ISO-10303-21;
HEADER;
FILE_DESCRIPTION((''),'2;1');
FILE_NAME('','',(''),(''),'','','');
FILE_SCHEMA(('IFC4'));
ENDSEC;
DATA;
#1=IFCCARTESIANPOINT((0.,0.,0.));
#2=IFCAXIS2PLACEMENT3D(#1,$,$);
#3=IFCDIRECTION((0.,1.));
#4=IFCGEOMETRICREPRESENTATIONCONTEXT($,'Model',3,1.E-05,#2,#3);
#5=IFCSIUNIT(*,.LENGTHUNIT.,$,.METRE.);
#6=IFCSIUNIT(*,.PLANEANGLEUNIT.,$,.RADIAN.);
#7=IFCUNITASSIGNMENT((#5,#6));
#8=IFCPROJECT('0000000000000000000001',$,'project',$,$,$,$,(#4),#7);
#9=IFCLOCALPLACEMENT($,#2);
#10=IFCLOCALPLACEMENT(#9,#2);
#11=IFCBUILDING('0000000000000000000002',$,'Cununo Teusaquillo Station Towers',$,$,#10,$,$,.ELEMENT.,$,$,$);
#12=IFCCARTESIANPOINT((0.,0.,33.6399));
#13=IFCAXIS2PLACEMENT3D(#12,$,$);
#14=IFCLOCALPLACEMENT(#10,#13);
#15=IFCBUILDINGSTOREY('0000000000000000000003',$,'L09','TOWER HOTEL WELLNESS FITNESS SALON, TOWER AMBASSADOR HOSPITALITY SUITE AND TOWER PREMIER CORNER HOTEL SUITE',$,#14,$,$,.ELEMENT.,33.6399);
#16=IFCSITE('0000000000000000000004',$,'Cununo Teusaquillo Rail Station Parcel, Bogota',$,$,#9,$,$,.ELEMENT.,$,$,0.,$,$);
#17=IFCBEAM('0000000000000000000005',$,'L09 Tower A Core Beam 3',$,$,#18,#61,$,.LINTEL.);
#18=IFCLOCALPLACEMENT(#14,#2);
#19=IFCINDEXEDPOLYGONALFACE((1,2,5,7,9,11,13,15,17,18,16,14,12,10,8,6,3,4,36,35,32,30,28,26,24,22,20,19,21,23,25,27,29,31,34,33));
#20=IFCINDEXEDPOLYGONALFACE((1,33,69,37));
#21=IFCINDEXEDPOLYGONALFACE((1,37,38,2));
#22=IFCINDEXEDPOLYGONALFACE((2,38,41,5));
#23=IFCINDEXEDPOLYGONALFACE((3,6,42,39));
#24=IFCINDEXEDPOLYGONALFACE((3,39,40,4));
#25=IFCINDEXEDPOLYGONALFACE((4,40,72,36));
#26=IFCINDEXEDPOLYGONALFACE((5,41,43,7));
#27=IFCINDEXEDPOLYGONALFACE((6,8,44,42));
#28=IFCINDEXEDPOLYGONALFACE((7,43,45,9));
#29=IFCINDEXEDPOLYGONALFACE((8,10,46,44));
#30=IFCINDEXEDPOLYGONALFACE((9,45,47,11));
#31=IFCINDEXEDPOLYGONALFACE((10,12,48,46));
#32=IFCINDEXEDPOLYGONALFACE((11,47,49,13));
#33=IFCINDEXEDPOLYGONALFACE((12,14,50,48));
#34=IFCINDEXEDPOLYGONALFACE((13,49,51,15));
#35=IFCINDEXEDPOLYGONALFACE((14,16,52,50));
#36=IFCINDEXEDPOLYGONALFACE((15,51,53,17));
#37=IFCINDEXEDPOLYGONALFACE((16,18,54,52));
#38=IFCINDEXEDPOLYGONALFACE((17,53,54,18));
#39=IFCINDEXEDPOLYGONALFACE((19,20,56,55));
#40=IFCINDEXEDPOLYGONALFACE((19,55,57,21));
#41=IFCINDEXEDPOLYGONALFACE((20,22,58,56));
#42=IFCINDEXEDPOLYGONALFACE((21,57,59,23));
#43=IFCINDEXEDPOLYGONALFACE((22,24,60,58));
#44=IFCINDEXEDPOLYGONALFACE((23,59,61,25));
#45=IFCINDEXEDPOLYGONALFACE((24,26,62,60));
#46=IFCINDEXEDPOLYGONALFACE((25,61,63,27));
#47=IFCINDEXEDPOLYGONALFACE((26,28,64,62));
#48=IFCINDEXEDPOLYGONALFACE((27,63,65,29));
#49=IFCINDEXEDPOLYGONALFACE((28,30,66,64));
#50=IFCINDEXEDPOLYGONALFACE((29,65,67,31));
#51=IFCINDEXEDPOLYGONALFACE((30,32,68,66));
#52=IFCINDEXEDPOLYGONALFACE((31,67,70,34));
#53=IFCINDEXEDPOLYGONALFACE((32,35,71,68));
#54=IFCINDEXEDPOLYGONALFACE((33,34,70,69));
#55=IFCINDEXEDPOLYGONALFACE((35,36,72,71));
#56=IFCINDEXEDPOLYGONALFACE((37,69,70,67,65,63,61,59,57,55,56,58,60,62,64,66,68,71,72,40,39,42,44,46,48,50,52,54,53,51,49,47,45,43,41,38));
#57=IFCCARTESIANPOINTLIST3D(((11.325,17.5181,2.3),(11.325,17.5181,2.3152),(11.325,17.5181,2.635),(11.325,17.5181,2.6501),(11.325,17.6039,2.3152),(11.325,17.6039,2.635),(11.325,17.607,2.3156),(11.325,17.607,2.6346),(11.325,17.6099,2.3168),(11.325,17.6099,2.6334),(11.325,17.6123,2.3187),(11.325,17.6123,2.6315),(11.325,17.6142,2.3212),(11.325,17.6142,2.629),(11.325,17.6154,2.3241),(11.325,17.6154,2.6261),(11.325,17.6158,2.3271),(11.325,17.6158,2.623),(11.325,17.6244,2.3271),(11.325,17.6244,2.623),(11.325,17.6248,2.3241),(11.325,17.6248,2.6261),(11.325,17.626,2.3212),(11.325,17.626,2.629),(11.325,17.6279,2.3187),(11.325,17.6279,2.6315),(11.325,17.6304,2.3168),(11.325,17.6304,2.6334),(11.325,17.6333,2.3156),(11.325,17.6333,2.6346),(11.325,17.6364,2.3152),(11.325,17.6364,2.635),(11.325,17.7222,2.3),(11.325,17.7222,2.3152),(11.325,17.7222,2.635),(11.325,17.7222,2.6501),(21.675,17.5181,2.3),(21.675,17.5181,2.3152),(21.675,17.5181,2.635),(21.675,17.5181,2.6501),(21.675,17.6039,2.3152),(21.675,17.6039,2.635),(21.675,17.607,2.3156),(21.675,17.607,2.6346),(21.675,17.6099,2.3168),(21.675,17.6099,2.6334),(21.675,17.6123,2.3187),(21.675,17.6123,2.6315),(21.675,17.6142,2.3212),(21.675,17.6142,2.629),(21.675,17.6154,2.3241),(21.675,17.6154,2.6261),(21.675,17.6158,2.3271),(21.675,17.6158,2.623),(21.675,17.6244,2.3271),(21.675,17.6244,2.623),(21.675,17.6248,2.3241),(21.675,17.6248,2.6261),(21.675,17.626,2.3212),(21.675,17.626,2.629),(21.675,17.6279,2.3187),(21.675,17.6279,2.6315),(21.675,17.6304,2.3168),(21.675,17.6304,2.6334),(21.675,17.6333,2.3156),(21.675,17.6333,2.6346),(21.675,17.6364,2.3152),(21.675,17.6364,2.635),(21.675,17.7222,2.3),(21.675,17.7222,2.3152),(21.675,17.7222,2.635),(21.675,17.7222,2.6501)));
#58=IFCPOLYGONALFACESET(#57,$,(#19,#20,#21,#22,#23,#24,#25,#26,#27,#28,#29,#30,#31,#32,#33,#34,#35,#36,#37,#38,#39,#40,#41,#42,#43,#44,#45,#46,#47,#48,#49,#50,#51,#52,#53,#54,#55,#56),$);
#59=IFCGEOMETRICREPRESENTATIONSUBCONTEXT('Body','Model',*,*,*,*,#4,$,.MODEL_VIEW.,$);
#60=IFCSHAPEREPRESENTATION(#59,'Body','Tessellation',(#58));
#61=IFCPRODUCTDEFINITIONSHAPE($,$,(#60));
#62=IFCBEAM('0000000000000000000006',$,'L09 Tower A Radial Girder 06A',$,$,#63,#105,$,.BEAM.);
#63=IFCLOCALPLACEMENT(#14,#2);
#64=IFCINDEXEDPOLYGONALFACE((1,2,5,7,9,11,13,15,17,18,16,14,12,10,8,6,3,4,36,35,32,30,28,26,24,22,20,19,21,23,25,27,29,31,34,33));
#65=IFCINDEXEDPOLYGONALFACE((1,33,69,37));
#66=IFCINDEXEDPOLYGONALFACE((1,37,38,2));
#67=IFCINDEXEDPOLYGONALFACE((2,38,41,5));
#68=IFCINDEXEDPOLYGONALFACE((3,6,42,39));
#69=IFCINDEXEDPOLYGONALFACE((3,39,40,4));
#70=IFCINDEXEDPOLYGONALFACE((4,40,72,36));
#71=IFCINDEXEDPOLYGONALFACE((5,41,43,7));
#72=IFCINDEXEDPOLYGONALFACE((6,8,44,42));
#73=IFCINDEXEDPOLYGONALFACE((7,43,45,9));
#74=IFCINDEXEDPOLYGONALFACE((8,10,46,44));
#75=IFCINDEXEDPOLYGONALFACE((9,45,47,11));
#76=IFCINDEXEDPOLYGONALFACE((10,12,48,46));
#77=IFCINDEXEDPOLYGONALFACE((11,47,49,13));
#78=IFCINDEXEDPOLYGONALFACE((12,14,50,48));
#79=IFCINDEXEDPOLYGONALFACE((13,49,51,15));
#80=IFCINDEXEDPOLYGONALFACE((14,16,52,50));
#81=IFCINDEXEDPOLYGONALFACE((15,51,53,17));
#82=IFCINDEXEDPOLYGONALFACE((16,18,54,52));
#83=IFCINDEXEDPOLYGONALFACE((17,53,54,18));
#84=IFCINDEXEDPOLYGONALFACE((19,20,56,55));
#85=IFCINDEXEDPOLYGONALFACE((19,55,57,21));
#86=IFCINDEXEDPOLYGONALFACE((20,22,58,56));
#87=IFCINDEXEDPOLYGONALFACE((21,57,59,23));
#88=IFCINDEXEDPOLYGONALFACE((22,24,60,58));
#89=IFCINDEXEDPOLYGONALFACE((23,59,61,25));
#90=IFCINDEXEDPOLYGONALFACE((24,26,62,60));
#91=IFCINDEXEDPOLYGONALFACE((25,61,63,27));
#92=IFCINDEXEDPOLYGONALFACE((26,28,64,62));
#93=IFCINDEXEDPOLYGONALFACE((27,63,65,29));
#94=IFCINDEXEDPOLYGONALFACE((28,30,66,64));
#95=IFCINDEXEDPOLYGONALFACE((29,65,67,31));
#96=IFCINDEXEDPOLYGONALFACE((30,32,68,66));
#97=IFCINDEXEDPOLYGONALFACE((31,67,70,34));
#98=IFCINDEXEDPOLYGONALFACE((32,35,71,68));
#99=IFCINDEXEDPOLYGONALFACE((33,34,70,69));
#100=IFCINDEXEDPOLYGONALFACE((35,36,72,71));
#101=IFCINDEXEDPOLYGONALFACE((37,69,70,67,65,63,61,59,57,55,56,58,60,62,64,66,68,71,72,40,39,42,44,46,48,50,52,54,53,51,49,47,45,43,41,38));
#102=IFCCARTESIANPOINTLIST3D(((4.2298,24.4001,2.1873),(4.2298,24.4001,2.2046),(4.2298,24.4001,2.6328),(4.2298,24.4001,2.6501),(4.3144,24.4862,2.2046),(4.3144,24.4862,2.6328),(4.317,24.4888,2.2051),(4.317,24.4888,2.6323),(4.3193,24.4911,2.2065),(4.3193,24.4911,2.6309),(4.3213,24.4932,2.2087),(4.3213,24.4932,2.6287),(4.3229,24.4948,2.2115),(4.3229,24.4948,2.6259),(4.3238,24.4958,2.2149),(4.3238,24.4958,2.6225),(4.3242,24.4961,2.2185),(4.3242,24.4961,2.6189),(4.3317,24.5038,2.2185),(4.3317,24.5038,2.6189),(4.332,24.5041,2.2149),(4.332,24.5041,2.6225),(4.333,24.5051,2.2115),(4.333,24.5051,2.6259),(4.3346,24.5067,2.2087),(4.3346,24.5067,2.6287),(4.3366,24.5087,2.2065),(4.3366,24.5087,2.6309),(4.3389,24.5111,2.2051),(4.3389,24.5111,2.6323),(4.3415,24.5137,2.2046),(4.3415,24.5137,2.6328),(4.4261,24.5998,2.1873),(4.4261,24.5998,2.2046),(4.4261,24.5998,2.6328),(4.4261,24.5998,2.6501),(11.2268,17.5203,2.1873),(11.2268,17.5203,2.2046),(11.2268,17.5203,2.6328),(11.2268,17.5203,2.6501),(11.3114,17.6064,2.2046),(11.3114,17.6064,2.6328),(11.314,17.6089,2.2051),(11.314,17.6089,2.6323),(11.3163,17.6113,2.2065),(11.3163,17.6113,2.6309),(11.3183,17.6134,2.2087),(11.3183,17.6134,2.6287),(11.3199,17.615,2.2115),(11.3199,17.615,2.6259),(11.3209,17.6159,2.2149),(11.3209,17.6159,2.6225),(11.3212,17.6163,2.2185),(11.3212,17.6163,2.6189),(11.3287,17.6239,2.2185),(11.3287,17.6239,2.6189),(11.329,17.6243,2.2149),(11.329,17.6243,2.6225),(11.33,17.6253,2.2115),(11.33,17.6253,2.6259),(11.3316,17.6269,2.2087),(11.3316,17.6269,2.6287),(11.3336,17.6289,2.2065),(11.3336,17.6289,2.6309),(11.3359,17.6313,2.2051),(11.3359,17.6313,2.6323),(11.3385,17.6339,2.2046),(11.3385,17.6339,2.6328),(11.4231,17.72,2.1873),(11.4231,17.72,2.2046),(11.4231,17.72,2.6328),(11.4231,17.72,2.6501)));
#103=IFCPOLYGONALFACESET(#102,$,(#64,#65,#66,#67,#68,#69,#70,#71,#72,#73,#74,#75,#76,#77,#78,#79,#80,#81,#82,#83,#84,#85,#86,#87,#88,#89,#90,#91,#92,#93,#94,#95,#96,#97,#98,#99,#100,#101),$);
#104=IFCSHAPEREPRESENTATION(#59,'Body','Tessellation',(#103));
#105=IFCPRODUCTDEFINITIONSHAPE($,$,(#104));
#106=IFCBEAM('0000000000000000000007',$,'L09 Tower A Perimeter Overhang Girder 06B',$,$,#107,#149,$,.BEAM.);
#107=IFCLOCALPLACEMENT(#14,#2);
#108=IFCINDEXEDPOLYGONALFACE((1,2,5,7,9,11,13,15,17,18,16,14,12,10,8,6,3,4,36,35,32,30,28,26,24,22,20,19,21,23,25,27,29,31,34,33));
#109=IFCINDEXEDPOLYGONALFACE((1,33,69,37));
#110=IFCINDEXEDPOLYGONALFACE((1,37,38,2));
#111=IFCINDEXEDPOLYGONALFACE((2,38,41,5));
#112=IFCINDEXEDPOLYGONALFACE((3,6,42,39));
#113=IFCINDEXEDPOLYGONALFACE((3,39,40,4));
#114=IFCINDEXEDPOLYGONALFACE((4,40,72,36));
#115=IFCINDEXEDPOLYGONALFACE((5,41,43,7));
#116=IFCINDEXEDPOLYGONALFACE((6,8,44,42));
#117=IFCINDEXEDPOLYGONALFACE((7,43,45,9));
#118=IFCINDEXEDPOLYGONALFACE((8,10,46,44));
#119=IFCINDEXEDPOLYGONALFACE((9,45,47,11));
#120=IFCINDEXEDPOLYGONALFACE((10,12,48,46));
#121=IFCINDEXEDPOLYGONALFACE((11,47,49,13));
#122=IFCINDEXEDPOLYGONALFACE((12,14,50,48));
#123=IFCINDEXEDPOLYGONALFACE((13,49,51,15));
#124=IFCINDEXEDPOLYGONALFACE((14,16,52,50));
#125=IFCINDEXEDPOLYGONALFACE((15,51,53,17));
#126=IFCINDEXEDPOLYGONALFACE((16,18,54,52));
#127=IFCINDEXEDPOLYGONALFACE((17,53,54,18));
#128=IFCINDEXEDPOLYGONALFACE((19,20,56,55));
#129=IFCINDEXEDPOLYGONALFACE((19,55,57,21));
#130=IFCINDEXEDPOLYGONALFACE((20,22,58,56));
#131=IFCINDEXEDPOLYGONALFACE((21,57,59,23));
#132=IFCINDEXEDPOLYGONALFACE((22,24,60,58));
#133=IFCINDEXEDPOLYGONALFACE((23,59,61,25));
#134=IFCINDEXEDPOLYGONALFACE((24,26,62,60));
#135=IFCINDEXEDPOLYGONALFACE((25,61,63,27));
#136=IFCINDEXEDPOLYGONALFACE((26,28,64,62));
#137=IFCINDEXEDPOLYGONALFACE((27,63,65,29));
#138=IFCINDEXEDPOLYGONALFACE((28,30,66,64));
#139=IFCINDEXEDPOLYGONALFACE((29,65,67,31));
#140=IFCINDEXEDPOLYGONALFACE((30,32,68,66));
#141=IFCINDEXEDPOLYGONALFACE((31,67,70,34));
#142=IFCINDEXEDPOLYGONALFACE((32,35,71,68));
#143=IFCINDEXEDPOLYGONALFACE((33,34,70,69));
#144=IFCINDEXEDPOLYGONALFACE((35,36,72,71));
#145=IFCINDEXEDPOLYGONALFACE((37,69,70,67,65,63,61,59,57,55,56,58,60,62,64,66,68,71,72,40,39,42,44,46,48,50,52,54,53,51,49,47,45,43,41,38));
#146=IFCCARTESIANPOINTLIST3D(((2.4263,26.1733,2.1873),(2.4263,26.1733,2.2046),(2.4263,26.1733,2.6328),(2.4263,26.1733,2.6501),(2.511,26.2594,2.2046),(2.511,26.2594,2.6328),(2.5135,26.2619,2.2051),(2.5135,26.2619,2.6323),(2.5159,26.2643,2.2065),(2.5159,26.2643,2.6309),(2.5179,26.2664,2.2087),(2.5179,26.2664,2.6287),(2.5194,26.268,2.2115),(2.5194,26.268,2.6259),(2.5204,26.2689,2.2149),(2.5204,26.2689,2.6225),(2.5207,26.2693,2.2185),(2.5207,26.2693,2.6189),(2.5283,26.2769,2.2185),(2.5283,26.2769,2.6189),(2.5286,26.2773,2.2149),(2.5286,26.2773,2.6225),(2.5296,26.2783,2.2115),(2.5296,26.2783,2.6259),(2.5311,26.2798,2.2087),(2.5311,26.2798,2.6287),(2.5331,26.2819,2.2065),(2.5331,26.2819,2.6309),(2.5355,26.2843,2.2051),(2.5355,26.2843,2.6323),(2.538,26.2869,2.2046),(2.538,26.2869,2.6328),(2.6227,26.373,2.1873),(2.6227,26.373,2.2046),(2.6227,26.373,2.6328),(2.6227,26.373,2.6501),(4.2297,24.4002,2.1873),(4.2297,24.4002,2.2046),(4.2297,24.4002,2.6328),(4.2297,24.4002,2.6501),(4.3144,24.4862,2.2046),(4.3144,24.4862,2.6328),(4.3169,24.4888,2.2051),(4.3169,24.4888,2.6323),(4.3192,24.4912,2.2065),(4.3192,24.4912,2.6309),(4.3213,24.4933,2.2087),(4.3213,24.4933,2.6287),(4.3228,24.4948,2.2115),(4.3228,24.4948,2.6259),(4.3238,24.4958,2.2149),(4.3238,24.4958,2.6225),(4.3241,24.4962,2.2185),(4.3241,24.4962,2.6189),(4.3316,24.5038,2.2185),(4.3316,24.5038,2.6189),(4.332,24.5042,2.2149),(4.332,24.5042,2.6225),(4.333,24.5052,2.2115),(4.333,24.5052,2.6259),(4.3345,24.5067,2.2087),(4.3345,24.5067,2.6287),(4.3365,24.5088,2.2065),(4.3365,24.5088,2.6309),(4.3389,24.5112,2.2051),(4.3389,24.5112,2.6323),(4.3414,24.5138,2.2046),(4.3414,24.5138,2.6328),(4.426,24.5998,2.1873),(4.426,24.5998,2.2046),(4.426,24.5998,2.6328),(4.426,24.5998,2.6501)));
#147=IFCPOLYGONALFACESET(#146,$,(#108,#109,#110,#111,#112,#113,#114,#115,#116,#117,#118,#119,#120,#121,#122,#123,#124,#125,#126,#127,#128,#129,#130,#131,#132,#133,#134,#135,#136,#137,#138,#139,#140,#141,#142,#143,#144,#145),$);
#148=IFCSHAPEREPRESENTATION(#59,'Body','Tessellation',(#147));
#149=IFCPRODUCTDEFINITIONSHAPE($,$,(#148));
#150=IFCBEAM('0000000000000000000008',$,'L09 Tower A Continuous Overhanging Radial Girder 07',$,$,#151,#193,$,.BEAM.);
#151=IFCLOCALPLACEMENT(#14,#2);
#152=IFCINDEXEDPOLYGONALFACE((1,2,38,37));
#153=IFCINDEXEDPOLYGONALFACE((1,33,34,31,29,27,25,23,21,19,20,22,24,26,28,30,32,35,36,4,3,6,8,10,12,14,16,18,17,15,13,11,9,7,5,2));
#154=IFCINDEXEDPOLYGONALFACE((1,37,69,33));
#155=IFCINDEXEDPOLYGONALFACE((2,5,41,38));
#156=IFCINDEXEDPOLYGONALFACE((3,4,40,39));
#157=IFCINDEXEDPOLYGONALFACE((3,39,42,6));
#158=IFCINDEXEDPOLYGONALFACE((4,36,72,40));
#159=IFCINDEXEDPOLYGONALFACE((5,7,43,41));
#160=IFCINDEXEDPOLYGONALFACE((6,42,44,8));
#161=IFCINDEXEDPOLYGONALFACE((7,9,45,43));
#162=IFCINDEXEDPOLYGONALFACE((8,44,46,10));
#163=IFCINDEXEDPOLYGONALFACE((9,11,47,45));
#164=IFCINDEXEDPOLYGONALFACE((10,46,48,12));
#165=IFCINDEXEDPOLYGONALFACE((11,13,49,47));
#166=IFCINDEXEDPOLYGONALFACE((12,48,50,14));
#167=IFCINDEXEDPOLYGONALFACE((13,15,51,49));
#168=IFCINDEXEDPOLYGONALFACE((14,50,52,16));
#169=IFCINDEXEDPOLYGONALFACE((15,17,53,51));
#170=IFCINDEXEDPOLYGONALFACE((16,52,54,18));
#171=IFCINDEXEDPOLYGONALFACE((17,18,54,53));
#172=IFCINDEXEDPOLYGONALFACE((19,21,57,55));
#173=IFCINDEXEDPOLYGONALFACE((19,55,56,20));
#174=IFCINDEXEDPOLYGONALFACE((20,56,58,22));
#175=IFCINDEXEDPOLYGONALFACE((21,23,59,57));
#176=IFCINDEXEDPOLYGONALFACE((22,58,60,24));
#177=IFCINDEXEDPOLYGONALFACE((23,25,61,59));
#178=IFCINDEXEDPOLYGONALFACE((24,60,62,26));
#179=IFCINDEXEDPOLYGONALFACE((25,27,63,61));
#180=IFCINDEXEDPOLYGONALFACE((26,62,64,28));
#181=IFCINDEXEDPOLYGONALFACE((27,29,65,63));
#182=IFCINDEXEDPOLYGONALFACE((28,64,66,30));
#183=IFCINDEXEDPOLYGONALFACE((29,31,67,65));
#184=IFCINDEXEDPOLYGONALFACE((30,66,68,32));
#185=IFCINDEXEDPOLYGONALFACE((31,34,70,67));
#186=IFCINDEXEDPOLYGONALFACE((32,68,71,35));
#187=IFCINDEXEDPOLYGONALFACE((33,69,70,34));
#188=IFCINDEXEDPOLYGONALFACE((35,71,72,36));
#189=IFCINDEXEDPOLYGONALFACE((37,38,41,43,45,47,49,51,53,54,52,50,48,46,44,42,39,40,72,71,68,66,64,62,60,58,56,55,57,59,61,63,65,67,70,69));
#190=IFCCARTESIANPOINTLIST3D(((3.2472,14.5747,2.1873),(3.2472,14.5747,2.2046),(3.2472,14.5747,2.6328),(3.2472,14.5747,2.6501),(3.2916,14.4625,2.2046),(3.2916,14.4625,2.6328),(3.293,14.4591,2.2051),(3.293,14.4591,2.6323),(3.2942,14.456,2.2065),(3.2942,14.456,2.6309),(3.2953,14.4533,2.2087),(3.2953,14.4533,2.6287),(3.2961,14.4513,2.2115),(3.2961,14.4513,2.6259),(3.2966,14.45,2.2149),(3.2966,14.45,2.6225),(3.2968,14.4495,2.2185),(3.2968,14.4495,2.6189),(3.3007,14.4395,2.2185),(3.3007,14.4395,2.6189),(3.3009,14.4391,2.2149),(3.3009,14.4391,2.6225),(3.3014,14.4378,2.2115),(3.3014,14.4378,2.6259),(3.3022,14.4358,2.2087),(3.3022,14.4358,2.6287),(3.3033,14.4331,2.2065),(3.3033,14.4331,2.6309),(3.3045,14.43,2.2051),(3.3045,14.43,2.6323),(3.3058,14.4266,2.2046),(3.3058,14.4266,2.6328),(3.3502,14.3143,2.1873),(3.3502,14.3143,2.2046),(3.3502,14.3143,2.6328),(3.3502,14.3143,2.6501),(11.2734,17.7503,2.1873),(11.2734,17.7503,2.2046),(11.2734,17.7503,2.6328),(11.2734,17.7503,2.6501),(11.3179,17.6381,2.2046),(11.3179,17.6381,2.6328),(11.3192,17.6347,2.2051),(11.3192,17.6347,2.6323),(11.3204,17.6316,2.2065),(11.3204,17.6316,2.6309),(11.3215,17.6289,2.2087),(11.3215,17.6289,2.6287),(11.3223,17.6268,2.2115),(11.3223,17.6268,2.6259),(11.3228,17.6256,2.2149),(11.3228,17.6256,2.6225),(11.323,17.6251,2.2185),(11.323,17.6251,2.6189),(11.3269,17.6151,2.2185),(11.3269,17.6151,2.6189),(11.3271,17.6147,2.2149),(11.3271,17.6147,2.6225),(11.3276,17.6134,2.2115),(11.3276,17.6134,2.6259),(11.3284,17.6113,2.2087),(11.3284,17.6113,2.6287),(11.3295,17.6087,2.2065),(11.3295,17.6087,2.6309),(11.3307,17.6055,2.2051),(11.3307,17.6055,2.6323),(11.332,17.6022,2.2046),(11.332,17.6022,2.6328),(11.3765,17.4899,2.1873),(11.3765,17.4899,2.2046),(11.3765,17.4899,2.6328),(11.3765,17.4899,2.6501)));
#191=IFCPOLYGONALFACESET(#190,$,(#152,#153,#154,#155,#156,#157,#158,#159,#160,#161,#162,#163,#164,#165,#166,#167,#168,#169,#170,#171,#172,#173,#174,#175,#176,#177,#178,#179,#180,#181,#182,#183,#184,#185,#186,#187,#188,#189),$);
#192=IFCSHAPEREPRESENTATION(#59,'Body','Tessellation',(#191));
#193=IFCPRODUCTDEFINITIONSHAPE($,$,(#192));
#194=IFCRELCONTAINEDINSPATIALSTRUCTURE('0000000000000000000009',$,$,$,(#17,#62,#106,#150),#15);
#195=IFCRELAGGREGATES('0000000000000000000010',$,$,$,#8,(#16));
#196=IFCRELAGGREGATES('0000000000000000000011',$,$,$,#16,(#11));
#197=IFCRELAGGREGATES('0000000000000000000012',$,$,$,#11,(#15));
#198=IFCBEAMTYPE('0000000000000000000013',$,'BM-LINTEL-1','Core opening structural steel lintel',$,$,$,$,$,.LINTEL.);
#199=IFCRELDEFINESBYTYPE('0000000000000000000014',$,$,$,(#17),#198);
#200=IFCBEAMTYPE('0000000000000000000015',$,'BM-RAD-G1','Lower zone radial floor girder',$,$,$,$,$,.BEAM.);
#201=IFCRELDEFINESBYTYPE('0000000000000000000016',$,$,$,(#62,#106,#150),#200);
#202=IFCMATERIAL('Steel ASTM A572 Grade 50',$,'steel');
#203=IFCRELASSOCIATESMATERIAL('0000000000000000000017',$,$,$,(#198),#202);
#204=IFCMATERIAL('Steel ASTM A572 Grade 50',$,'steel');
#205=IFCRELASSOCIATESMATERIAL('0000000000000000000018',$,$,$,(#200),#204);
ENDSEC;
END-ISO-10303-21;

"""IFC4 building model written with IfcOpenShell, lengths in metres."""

from ifc_helpers import new_model, si_unit, direction, frame, origin, origin_2d, place, context, subcontext, project, spatial, i_section, extrude, material, material_profile, profile_set, type_object, element, save


model = new_model("IFC4")

# Units and contexts
model_context = context("Model", 3, precision=1e-05, world=origin(), true_north=direction((0.0, 1.0)))
body_context = subcontext(model_context, "Body", "Model", "MODEL_VIEW")
ifc_project = project(units=[si_unit("LENGTHUNIT", "METRE"), si_unit("PLANEANGLEUNIT", "RADIAN")], contexts=[model_context])

# Site, building, storey
site_placement = place(None, origin())
site = spatial("IfcSite", under=ifc_project, at=site_placement, Name="Cununo Teusaquillo Rail Station Parcel, Bogota", CompositionType="ELEMENT", RefElevation=0.0)
building_placement = place(site_placement, origin())
building = spatial("IfcBuilding", under=site, at=building_placement, Name="Cununo Teusaquillo Station Towers", CompositionType="ELEMENT")
storey_placement = place(building_placement, frame((0.0, 0.0, 33.6399)))
storey = spatial("IfcBuildingStorey", under=building, at=storey_placement, Name="L09", Description="TOWER HOTEL WELLNESS FITNESS SALON, TOWER AMBASSADOR HOSPITALITY SUITE AND TOWER PREMIER CORNER HOTEL SUITE", CompositionType="ELEMENT", Elevation=33.6399)

# Beams
ifc_material_1 = material(Name="Steel ASTM A572 Grade 50", Category="steel")
ifc_material_profile_1 = material_profile(ifc_material_1, i_section(OverallWidth=0.2041, OverallDepth=0.3501, WebThickness=0.0085, FlangeThickness=0.0151, FilletRadius=0.012, at=origin_2d()), Name="W14X48")
ifc_profile_set_1 = profile_set([ifc_material_profile_1], Name="Steel ASTM A572 Grade 50")
beam_type_1 = type_object("IfcBeamType", Name="BM-LINTEL-1", Description="Core opening structural steel lintel", PredefinedType="LINTEL", material=ifc_profile_set_1)
beam_1_placement = place(storey_placement, frame((11.325, 17.6201, 2.4751), z_axis=(1.0, 0.0, 0.0), x_axis=(0.0, 1.0, 0.0)))
element("IfcBeam", 1, at=beam_1_placement, inside=storey, type_object=beam_type_1, Name="L09 Tower A Core Beam 3", PredefinedType="LINTEL", context=body_context, shape_type="SweptSolid", body=[
    extrude(i_section(OverallWidth=0.2041, OverallDepth=0.3501, WebThickness=0.0085, FlangeThickness=0.0151, FilletRadius=0.012, at=origin_2d()), origin(), (0.0, 0.0, 1.0), 10.3501),
])
ifc_material_2 = material(Name="Steel ASTM A572 Grade 50", Category="steel")
ifc_material_profile_2 = material_profile(ifc_material_2, i_section(OverallWidth=0.28, OverallDepth=0.4629, WebThickness=0.0107, FlangeThickness=0.0173, FilletRadius=0.0139, at=origin_2d()), Name="W18X76")
ifc_profile_set_2 = profile_set([ifc_material_profile_2], Name="Steel ASTM A572 Grade 50")
beam_type_2 = type_object("IfcBeamType", Name="BM-RAD-G1", Description="Lower zone radial floor girder", PredefinedType="BEAM", material=ifc_profile_set_2)
beam_2_placement = place(storey_placement, frame((11.325, 17.6201, 2.4187), z_axis=(-0.713053, 0.70111, 0.0), x_axis=(-0.70111, -0.713053, 0.0)))
element("IfcBeam", 2, at=beam_2_placement, inside=storey, type_object=beam_type_2, Name="L09 Tower A Radial Girder 06A", PredefinedType="BEAM", context=body_context, shape_type="SweptSolid", body=[
    extrude(i_section(OverallWidth=0.28, OverallDepth=0.4629, WebThickness=0.0107, FlangeThickness=0.0173, FilletRadius=0.0139, at=origin_2d()), origin(), (0.0, 0.0, 1.0), 9.8127),
])
beam_3_placement = place(storey_placement, frame((4.3279, 24.5, 2.4187), z_axis=(-0.713066, 0.701097, 0.0), x_axis=(-0.701097, -0.713066, 0.0)))
element("IfcBeam", 3, at=beam_3_placement, inside=storey, type_object=beam_type_2, Name="L09 Tower A Perimeter Overhang Girder 06B", PredefinedType="BEAM", context=body_context, shape_type="SweptSolid", body=[
    extrude(i_section(OverallWidth=0.28, OverallDepth=0.4629, WebThickness=0.0107, FlangeThickness=0.0173, FilletRadius=0.0139, at=origin_2d()), origin(), (0.0, 0.0, 1.0), 2.5291),
])
beam_4_placement = place(storey_placement, frame((11.325, 17.6201, 2.4187), z_axis=(-0.929865, -0.367901, 0.0), x_axis=(0.367901, -0.929865, 0.0)))
element("IfcBeam", 4, at=beam_4_placement, inside=storey, type_object=beam_type_2, Name="L09 Tower A Continuous Overhanging Radial Girder 07", PredefinedType="BEAM", context=body_context, shape_type="SweptSolid", body=[
    extrude(i_section(OverallWidth=0.28, OverallDepth=0.4629, WebThickness=0.0107, FlangeThickness=0.0173, FilletRadius=0.0139, at=origin_2d()), origin(), (0.0, 0.0, 1.0), 8.6316),
])

save(model, "model.ifc")
